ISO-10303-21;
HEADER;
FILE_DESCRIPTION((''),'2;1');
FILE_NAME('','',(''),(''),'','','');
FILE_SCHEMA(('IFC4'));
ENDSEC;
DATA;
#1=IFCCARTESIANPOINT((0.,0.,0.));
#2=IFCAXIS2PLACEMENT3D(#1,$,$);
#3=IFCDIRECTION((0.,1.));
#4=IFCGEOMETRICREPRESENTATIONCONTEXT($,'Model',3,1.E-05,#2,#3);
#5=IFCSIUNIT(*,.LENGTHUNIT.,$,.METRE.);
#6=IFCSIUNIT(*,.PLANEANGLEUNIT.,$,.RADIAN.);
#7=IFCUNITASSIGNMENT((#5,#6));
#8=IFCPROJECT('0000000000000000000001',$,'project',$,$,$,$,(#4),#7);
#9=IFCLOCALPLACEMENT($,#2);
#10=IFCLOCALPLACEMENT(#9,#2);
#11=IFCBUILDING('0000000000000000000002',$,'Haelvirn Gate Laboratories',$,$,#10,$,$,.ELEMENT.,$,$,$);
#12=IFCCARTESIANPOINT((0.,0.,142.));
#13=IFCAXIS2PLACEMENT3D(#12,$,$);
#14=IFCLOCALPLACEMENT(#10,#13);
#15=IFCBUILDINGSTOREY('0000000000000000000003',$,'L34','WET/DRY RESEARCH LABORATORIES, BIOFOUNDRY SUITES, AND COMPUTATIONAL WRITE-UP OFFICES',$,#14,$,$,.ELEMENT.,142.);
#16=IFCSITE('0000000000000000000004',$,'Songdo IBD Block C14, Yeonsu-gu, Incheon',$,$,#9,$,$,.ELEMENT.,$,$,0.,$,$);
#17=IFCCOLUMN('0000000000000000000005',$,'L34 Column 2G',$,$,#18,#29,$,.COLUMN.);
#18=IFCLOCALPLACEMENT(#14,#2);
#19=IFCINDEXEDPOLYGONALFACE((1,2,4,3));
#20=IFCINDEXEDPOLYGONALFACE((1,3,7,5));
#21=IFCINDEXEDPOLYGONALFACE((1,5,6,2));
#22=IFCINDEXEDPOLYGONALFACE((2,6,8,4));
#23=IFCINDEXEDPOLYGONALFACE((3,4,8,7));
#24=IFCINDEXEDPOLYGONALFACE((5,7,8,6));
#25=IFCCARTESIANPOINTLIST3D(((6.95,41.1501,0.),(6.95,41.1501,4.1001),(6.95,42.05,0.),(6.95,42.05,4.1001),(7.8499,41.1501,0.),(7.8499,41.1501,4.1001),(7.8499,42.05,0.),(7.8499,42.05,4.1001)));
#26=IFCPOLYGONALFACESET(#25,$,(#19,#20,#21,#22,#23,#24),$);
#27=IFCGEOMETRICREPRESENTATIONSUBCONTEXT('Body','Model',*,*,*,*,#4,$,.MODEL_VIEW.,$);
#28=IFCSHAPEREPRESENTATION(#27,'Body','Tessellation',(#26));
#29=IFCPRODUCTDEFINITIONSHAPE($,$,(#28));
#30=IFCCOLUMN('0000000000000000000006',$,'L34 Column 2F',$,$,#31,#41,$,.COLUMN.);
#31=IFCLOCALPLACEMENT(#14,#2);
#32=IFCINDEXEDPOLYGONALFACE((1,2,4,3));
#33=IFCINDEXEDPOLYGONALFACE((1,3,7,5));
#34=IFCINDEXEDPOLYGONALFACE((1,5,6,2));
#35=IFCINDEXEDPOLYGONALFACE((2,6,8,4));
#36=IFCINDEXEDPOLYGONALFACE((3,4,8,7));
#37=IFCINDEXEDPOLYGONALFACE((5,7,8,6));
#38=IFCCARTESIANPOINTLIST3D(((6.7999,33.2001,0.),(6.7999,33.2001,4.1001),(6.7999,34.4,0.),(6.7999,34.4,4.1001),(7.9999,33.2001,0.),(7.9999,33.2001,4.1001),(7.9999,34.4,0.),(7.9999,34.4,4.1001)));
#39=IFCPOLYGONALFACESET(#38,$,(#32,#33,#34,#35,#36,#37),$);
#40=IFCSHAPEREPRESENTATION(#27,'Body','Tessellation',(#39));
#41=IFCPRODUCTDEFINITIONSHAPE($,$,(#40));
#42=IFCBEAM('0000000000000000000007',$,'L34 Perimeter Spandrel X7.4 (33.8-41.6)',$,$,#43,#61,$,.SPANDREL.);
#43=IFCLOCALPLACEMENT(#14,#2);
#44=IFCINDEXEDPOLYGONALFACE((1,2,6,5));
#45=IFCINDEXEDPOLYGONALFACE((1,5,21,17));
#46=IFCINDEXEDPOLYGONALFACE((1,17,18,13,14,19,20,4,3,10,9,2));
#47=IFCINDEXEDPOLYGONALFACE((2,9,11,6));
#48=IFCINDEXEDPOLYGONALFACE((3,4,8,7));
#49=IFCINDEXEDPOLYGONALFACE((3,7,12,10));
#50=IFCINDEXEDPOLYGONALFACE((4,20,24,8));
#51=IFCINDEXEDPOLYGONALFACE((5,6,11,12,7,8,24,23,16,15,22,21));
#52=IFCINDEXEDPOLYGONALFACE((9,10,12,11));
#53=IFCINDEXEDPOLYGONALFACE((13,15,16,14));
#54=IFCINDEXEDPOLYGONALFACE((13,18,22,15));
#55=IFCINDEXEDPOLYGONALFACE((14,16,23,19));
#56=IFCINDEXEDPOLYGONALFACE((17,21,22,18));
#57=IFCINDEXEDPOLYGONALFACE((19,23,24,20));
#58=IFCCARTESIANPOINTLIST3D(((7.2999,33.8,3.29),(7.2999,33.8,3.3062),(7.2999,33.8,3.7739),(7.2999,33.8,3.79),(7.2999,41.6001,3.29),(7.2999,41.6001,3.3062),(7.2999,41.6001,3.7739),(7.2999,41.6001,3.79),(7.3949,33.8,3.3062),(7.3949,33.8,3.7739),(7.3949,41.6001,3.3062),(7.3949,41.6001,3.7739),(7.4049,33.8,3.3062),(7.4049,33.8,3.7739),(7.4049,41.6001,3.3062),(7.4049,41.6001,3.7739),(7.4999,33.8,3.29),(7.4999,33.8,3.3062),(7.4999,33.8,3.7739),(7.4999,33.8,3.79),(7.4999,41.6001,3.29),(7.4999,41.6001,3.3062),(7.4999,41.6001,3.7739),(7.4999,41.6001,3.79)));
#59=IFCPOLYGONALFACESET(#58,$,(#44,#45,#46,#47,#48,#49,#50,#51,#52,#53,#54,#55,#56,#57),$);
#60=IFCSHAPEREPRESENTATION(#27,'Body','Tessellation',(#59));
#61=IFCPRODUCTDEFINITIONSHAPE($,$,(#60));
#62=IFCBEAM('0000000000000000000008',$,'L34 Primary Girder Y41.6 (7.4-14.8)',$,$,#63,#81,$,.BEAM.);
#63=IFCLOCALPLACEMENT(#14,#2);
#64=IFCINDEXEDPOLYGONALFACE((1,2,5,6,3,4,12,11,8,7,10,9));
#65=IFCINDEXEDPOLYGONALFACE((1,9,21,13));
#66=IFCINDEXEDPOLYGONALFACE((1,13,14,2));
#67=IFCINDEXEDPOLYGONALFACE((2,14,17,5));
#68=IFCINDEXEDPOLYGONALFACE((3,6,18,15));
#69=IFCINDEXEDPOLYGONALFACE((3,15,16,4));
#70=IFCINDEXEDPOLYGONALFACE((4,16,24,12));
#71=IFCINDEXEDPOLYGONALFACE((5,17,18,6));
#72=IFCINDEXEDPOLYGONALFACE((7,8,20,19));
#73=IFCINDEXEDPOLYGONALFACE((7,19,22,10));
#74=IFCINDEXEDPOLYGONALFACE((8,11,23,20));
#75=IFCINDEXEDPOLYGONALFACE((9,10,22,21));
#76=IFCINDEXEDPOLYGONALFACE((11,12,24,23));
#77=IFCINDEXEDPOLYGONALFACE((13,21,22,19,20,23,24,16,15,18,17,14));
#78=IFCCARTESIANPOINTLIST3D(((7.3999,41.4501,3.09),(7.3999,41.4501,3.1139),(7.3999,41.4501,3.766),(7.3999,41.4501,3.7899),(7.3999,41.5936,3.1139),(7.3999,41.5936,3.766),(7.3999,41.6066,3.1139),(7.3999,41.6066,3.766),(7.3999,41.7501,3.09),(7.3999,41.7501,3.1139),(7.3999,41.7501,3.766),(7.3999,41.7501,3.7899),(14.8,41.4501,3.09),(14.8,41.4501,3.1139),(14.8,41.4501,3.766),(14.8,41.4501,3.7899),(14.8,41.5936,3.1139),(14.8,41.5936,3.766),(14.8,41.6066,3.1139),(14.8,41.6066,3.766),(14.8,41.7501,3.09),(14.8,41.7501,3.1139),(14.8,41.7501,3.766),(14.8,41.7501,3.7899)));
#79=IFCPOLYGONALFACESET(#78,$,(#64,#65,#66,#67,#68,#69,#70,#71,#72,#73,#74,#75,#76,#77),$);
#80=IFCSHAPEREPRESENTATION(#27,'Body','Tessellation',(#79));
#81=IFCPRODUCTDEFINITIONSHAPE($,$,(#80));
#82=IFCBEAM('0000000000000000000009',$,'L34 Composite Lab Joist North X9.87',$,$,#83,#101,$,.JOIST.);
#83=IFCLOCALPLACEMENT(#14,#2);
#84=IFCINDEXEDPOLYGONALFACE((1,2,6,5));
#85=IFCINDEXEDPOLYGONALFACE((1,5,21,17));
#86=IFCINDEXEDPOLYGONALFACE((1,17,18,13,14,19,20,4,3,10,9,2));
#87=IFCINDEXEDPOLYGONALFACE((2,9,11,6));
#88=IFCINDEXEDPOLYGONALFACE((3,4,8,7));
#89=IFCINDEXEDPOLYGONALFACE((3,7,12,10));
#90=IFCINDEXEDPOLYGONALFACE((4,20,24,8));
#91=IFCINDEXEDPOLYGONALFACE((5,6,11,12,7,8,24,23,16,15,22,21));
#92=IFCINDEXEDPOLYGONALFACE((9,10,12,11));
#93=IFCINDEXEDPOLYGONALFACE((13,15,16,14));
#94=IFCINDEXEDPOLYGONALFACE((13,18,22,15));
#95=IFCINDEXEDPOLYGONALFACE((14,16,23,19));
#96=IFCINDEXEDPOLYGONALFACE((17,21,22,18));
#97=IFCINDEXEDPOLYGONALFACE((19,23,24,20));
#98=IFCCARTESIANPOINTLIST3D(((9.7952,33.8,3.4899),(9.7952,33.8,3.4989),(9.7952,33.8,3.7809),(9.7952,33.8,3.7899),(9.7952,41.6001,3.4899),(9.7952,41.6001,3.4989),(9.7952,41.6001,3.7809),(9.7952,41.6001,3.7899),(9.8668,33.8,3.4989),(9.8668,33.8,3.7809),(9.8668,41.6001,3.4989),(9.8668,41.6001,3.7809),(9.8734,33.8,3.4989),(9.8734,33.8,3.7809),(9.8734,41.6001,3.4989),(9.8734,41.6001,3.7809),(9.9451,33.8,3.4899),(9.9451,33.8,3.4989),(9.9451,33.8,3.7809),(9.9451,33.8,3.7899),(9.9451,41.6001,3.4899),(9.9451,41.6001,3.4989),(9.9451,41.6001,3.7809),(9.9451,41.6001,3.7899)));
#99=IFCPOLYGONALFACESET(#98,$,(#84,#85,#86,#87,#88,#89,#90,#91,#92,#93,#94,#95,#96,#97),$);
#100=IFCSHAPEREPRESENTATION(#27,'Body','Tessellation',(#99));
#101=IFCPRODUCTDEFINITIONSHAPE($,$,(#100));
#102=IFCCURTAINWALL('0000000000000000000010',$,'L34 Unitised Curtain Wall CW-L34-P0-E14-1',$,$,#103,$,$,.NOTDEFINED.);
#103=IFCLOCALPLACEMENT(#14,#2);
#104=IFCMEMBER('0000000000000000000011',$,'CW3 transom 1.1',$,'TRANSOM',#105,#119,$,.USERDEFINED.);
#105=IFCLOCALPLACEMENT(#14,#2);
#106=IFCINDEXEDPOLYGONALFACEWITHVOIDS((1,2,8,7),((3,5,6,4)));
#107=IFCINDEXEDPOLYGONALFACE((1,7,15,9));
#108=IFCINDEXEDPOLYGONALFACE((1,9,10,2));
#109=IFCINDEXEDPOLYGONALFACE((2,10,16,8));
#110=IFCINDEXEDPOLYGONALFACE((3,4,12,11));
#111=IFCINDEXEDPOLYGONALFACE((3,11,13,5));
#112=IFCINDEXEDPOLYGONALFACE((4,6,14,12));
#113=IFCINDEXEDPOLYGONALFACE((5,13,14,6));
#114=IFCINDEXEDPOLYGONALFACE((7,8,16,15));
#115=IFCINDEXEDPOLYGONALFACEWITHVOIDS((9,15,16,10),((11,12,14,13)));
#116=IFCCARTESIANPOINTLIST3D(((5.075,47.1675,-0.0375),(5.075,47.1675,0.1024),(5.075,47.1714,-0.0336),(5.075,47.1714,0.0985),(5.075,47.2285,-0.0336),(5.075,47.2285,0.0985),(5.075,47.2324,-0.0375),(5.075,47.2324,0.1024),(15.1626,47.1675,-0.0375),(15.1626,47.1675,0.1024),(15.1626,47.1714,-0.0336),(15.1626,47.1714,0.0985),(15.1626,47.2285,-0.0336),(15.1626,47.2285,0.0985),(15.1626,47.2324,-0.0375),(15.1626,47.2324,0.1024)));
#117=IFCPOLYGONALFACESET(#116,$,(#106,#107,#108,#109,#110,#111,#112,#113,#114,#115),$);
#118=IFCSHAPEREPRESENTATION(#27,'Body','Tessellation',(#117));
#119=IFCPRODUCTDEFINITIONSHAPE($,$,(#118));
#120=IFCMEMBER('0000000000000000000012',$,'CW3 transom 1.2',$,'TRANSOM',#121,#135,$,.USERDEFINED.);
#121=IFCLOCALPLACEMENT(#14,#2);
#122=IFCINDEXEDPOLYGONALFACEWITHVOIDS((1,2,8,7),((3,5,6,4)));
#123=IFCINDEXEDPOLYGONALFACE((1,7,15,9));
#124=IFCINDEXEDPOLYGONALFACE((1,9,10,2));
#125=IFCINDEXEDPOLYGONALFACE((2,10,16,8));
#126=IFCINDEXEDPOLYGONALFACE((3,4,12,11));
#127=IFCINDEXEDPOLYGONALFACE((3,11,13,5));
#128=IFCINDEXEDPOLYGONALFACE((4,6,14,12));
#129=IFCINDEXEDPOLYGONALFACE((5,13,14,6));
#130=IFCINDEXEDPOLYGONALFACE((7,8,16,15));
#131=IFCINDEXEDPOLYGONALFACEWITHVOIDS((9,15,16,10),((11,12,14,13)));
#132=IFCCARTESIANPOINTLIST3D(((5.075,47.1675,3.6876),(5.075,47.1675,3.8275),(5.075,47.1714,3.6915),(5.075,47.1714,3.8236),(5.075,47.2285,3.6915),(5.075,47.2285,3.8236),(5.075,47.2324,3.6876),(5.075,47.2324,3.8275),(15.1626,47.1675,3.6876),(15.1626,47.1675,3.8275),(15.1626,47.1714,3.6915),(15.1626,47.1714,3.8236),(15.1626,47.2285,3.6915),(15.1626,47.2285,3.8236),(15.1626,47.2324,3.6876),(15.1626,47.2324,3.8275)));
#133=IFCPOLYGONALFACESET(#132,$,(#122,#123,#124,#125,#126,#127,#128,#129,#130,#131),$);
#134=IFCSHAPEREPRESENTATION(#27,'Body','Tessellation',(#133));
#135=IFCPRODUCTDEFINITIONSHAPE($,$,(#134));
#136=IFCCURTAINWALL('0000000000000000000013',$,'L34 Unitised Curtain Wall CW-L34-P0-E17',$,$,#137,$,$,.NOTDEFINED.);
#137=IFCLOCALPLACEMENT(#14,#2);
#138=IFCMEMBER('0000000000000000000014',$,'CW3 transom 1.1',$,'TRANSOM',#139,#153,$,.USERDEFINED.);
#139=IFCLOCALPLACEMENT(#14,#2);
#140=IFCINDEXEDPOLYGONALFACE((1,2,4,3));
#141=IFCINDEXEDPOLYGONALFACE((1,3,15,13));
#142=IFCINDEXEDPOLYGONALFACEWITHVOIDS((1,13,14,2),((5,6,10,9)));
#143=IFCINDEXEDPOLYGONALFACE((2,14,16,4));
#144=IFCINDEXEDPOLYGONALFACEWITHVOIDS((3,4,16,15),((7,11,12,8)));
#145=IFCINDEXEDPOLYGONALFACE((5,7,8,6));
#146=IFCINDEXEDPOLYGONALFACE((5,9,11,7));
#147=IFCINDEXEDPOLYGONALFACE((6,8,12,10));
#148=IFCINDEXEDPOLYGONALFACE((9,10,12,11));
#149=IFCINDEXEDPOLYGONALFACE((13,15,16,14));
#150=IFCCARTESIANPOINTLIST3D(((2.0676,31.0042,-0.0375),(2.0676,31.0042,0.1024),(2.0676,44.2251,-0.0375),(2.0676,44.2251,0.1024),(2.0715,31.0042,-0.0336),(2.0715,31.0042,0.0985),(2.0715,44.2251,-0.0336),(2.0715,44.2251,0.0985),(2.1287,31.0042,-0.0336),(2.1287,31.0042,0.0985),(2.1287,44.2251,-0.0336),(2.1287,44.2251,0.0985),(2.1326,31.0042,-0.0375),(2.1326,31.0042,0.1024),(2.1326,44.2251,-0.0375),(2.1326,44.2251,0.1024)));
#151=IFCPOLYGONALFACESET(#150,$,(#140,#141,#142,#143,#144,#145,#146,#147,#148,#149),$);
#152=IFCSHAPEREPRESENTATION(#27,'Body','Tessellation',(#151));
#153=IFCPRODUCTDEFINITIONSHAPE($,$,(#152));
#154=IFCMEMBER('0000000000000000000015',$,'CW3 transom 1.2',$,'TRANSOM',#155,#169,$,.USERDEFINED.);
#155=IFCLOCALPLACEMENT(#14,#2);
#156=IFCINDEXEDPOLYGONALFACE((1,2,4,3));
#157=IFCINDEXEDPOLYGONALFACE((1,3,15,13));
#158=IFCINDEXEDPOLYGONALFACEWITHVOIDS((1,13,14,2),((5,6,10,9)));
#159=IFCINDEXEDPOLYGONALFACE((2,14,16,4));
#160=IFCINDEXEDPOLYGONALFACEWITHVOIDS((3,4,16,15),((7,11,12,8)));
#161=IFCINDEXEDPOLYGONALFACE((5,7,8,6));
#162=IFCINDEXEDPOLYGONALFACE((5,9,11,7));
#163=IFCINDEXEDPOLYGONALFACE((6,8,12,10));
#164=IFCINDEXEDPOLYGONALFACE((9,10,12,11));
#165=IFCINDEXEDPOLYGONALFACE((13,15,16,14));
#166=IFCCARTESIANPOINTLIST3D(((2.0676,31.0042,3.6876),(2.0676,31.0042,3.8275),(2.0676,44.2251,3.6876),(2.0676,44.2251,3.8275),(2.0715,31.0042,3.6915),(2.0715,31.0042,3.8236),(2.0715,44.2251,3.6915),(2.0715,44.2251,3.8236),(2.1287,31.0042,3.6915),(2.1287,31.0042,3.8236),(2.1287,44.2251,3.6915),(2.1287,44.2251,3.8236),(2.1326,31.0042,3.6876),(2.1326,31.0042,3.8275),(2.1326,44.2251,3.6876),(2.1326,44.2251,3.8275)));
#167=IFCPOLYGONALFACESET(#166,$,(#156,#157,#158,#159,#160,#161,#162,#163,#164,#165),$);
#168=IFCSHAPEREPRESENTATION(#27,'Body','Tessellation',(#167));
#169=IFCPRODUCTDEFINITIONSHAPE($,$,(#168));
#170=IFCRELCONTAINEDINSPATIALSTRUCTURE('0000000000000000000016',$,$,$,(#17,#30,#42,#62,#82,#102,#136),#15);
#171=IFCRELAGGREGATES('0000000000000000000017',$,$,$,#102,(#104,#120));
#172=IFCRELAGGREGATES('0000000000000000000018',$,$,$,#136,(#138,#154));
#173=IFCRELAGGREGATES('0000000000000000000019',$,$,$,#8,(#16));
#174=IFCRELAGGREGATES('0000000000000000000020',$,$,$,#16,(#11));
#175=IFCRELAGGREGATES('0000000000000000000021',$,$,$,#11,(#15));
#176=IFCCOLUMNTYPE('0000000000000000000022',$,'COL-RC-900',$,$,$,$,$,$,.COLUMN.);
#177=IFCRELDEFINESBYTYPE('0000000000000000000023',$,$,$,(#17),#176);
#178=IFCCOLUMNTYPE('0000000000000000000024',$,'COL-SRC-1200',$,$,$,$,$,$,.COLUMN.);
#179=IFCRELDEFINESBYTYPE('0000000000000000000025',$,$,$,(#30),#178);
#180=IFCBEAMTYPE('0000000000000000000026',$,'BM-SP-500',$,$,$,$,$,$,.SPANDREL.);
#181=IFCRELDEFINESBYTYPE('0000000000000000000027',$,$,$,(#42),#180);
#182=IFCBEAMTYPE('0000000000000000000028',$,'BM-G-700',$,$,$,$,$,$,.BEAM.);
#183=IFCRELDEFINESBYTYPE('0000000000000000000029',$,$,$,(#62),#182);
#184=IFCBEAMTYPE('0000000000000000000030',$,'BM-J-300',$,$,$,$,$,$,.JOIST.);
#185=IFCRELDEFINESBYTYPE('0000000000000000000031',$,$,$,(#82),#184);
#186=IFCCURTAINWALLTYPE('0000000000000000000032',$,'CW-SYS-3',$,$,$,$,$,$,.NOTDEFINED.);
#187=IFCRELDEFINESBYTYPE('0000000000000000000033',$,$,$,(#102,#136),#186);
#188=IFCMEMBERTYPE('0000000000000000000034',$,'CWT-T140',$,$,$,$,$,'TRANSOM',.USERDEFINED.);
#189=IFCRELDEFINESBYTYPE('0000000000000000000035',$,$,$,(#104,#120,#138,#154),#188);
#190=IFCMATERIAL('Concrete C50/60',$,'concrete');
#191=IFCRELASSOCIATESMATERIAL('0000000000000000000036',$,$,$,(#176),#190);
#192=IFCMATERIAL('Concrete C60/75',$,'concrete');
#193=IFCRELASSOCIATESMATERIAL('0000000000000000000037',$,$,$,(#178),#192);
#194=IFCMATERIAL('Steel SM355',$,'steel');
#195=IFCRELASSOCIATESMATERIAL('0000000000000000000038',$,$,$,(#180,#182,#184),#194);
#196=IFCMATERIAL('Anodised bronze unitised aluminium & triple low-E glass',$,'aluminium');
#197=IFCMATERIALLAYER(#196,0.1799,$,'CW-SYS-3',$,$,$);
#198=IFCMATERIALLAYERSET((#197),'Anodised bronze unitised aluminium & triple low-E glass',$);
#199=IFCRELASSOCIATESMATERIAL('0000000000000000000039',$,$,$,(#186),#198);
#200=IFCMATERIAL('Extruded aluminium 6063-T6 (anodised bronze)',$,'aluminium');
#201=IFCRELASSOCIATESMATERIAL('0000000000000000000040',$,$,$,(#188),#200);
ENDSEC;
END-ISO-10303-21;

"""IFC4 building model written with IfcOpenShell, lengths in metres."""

from ifc_helpers import new_model, si_unit, direction, frame, origin, origin_2d, place, context, subcontext, project, spatial, rectangle, hollow_rectangle, i_section, extrude, source, transform, mapped, material, layer, layer_set, material_profile, profile_set, type_object, type_shapes, element, aggregate, save


model = new_model("IFC4")

# Units and contexts
model_context = context("Model", 3, precision=1e-05, world=origin(), true_north=direction((0.0, 1.0)))
body_context = subcontext(model_context, "Body", "Model", "MODEL_VIEW")
ifc_project = project(units=[si_unit("LENGTHUNIT", "METRE"), si_unit("PLANEANGLEUNIT", "RADIAN")], contexts=[model_context])

# Site, building, storey
site_placement = place(None, origin())
site = spatial("IfcSite", under=ifc_project, at=site_placement, Name="Songdo IBD Block C14, Yeonsu-gu, Incheon", CompositionType="ELEMENT", RefElevation=0.0)
building_placement = place(site_placement, origin())
building = spatial("IfcBuilding", under=site, at=building_placement, Name="Haelvirn Gate Laboratories", CompositionType="ELEMENT")
storey_placement = place(building_placement, frame((0.0, 0.0, 142.0)))
storey = spatial("IfcBuildingStorey", under=building, at=storey_placement, Name="L34", Description="WET/DRY RESEARCH LABORATORIES, BIOFOUNDRY SUITES, AND COMPUTATIONAL WRITE-UP OFFICES", CompositionType="ELEMENT", Elevation=142.0)

# Columns
ifc_material_1 = material(Name="Concrete C50/60", Category="concrete")
ifc_material_profile_1 = material_profile(ifc_material_1, rectangle(XDim=0.8999, YDim=0.8999, at=origin_2d()), Name="RC-900x900")
ifc_profile_set_1 = profile_set([ifc_material_profile_1], Name="Concrete C50/60")
column_type_1 = type_object("IfcColumnType", Name="COL-RC-900", PredefinedType="COLUMN", material=ifc_profile_set_1)
shared_shape_1 = source(origin(), body_context, "Body", "SweptSolid", [
    extrude(rectangle(XDim=0.8999, YDim=0.8999, at=origin_2d()), origin(), (0.0, 0.0, 1.0), 4.1001),
])
type_shapes(column_type_1, [shared_shape_1])
column_1_placement = place(storey_placement, frame((7.3999, 41.6001, 0.0), z_axis=(0.0, 0.0, 1.0), x_axis=(1.0, 0.0, 0.0)))
element("IfcColumn", 1, at=column_1_placement, inside=storey, type_object=column_type_1, Name="L34 Column 2G", PredefinedType="COLUMN", context=body_context, shape_type="MappedRepresentation", body=[
    mapped(shared_shape_1, transform((0.0, 0.0, 0.0), scale=1.0)),
])
ifc_material_2 = material(Name="Concrete C60/75", Category="concrete")
ifc_material_profile_2 = material_profile(ifc_material_2, rectangle(XDim=1.2, YDim=1.2, at=origin_2d()), Name="SRC-1200x1200")
ifc_profile_set_2 = profile_set([ifc_material_profile_2], Name="Concrete C60/75")
column_type_2 = type_object("IfcColumnType", Name="COL-SRC-1200", PredefinedType="COLUMN", material=ifc_profile_set_2)
shared_shape_2 = source(origin(), body_context, "Body", "SweptSolid", [
    extrude(rectangle(XDim=1.2, YDim=1.2, at=origin_2d()), origin(), (0.0, 0.0, 1.0), 4.1001),
])
type_shapes(column_type_2, [shared_shape_2])
column_2_placement = place(storey_placement, frame((7.3999, 33.8, 0.0), z_axis=(0.0, 0.0, 1.0), x_axis=(1.0, 0.0, 0.0)))
element("IfcColumn", 2, at=column_2_placement, inside=storey, type_object=column_type_2, Name="L34 Column 2F", PredefinedType="COLUMN", context=body_context, shape_type="MappedRepresentation", body=[
    mapped(shared_shape_2, transform((0.0, 0.0, 0.0), scale=1.0)),
])

# Beams
ifc_material_3 = material(Name="Steel SM355", Category="steel")
ifc_material_profile_3 = material_profile(ifc_material_3, i_section(OverallWidth=0.2, OverallDepth=0.5, WebThickness=0.01, FlangeThickness=0.0161, at=origin_2d()), Name="H-500x200x10x16")
ifc_profile_set_3 = profile_set([ifc_material_profile_3], Name="Steel SM355")
beam_type_1 = type_object("IfcBeamType", Name="BM-SP-500", PredefinedType="SPANDREL", material=ifc_profile_set_3)
shared_shape_3 = source(origin(), body_context, "Body", "SweptSolid", [
    extrude(i_section(OverallWidth=0.2, OverallDepth=0.5, WebThickness=0.01, FlangeThickness=0.0161, at=origin_2d()), origin(), (0.0, 0.0, 1.0), 7.8),
])
type_shapes(beam_type_1, [shared_shape_3])
beam_1_placement = place(storey_placement, frame((7.3999, 33.8, 3.54), z_axis=(0.0, 1.0, 0.0), x_axis=(-1.0, 0.0, 0.0)))
element("IfcBeam", 3, at=beam_1_placement, inside=storey, type_object=beam_type_1, Name="L34 Perimeter Spandrel X7.4 (33.8-41.6)", PredefinedType="SPANDREL", context=body_context, shape_type="MappedRepresentation", body=[
    mapped(shared_shape_3, transform((0.0, 0.0, 0.0), scale=1.0)),
])
ifc_material_profile_4 = material_profile(ifc_material_3, i_section(OverallWidth=0.3, OverallDepth=0.7, WebThickness=0.0129, FlangeThickness=0.0239, at=origin_2d()), Name="H-700x300x13x24")
ifc_profile_set_4 = profile_set([ifc_material_profile_4], Name="Steel SM355")
beam_type_2 = type_object("IfcBeamType", Name="BM-G-700", PredefinedType="BEAM", material=ifc_profile_set_4)
shared_shape_4 = source(origin(), body_context, "Body", "SweptSolid", [
    extrude(i_section(OverallWidth=0.3, OverallDepth=0.7, WebThickness=0.0129, FlangeThickness=0.0239, at=origin_2d()), origin(), (0.0, 0.0, 1.0), 7.4001),
])
type_shapes(beam_type_2, [shared_shape_4])
beam_2_placement = place(storey_placement, frame((7.3999, 41.6001, 3.4399), z_axis=(1.0, 0.0, 0.0), x_axis=(0.0, 1.0, 0.0)))
element("IfcBeam", 4, at=beam_2_placement, inside=storey, type_object=beam_type_2, Name="L34 Primary Girder Y41.6 (7.4-14.8)", PredefinedType="BEAM", context=body_context, shape_type="MappedRepresentation", body=[
    mapped(shared_shape_4, transform((0.0, 0.0, 0.0), scale=1.0)),
])
ifc_material_profile_5 = material_profile(ifc_material_3, i_section(OverallWidth=0.1499, OverallDepth=0.3, WebThickness=0.0066, FlangeThickness=0.009, at=origin_2d()), Name="H-300x150x6.5x9")
ifc_profile_set_5 = profile_set([ifc_material_profile_5], Name="Steel SM355")
beam_type_3 = type_object("IfcBeamType", Name="BM-J-300", PredefinedType="JOIST", material=ifc_profile_set_5)
shared_shape_5 = source(origin(), body_context, "Body", "SweptSolid", [
    extrude(i_section(OverallWidth=0.1499, OverallDepth=0.3, WebThickness=0.0066, FlangeThickness=0.009, at=origin_2d()), origin(), (0.0, 0.0, 1.0), 7.8),
])
type_shapes(beam_type_3, [shared_shape_5])
beam_3_placement = place(storey_placement, frame((9.8701, 33.8, 3.6399), z_axis=(0.0, 1.0, 0.0), x_axis=(-1.0, 0.0, 0.0)))
element("IfcBeam", 5, at=beam_3_placement, inside=storey, type_object=beam_type_3, Name="L34 Composite Lab Joist North X9.87", PredefinedType="JOIST", context=body_context, shape_type="MappedRepresentation", body=[
    mapped(shared_shape_5, transform((0.0, 0.0, 0.0), scale=1.0)),
])

# Curtain walls, members
ifc_material_4 = material(Name="Anodised bronze unitised aluminium & triple low-E glass", Category="aluminium")
ifc_layer_1 = layer(ifc_material_4, 0.1799, Name="CW-SYS-3")
ifc_layer_set_1 = layer_set([ifc_layer_1], Name="Anodised bronze unitised aluminium & triple low-E glass")
curtain_wall_type_1 = type_object("IfcCurtainWallType", Name="CW-SYS-3", PredefinedType="NOTDEFINED", material=ifc_layer_set_1)
curtain_wall_1_placement = place(storey_placement, origin())
curtain_wall_1 = element("IfcCurtainWall", 6, at=curtain_wall_1_placement, inside=storey, type_object=curtain_wall_type_1, Name="L34 Unitised Curtain Wall CW-L34-P0-E14-1", PredefinedType="NOTDEFINED")
ifc_material_5 = material(Name="Extruded aluminium 6063-T6 (anodised bronze)", Category="aluminium")
ifc_material_profile_6 = material_profile(ifc_material_5, hollow_rectangle(XDim=0.0649, YDim=0.1399, WallThickness=0.0039, at=origin_2d()), Name="CWT-140x65x4")
ifc_profile_set_6 = profile_set([ifc_material_profile_6], Name="Extruded aluminium 6063-T6 (anodised bronze)")
member_type_1 = type_object("IfcMemberType", Name="CWT-T140", ElementType="TRANSOM", PredefinedType="USERDEFINED", material=ifc_profile_set_6)
shared_shape_6 = source(origin(), body_context, "Body", "SweptSolid", [
    extrude(hollow_rectangle(XDim=0.0649, YDim=0.1399, WallThickness=0.0039, at=origin_2d()), origin(), (0.0, 0.0, 1.0), 10.0876),
])
member_1_placement = place(storey_placement, frame((5.075, 47.2, 0.0325), z_axis=(1.0, 0.0, 0.0), x_axis=(0.0, 1.0, 0.0)))
member_1 = element("IfcMember", 7, at=member_1_placement, type_object=member_type_1, Name="CW3 transom 1.1", ObjectType="TRANSOM", PredefinedType="USERDEFINED", context=body_context, shape_type="MappedRepresentation", body=[
    mapped(shared_shape_6, transform((0.0, 0.0, 0.0), scale=1.0)),
])
member_2_placement = place(storey_placement, frame((5.075, 47.2, 3.7576), z_axis=(1.0, 0.0, 0.0), x_axis=(0.0, 1.0, 0.0)))
member_2 = element("IfcMember", 8, at=member_2_placement, type_object=member_type_1, Name="CW3 transom 1.2", ObjectType="TRANSOM", PredefinedType="USERDEFINED", context=body_context, shape_type="MappedRepresentation", body=[
    mapped(shared_shape_6, transform((0.0, 0.0, 0.0), scale=1.0)),
])
curtain_wall_2_placement = place(storey_placement, origin())
curtain_wall_2 = element("IfcCurtainWall", 9, at=curtain_wall_2_placement, inside=storey, type_object=curtain_wall_type_1, Name="L34 Unitised Curtain Wall CW-L34-P0-E17", PredefinedType="NOTDEFINED")
shared_shape_7 = source(origin(), body_context, "Body", "SweptSolid", [
    extrude(hollow_rectangle(XDim=0.0649, YDim=0.1399, WallThickness=0.0039, at=origin_2d()), origin(), (0.0, 0.0, 1.0), 13.2209),
])
member_3_placement = place(storey_placement, frame((2.1001, 44.2251, 0.0325), z_axis=(0.0, -1.0, 0.0), x_axis=(1.0, 0.0, 0.0)))
member_3 = element("IfcMember", 10, at=member_3_placement, type_object=member_type_1, Name="CW3 transom 1.1", ObjectType="TRANSOM", PredefinedType="USERDEFINED", context=body_context, shape_type="MappedRepresentation", body=[
    mapped(shared_shape_7, transform((0.0, 0.0, 0.0), scale=1.0)),
])
member_4_placement = place(storey_placement, frame((2.1001, 44.2251, 3.7576), z_axis=(0.0, -1.0, 0.0), x_axis=(1.0, 0.0, 0.0)))
member_4 = element("IfcMember", 11, at=member_4_placement, type_object=member_type_1, Name="CW3 transom 1.2", ObjectType="TRANSOM", PredefinedType="USERDEFINED", context=body_context, shape_type="MappedRepresentation", body=[
    mapped(shared_shape_7, transform((0.0, 0.0, 0.0), scale=1.0)),
])

aggregate(curtain_wall_1, [member_1, member_2])
aggregate(curtain_wall_2, [member_3, member_4])

save(model, "model.ifc")
